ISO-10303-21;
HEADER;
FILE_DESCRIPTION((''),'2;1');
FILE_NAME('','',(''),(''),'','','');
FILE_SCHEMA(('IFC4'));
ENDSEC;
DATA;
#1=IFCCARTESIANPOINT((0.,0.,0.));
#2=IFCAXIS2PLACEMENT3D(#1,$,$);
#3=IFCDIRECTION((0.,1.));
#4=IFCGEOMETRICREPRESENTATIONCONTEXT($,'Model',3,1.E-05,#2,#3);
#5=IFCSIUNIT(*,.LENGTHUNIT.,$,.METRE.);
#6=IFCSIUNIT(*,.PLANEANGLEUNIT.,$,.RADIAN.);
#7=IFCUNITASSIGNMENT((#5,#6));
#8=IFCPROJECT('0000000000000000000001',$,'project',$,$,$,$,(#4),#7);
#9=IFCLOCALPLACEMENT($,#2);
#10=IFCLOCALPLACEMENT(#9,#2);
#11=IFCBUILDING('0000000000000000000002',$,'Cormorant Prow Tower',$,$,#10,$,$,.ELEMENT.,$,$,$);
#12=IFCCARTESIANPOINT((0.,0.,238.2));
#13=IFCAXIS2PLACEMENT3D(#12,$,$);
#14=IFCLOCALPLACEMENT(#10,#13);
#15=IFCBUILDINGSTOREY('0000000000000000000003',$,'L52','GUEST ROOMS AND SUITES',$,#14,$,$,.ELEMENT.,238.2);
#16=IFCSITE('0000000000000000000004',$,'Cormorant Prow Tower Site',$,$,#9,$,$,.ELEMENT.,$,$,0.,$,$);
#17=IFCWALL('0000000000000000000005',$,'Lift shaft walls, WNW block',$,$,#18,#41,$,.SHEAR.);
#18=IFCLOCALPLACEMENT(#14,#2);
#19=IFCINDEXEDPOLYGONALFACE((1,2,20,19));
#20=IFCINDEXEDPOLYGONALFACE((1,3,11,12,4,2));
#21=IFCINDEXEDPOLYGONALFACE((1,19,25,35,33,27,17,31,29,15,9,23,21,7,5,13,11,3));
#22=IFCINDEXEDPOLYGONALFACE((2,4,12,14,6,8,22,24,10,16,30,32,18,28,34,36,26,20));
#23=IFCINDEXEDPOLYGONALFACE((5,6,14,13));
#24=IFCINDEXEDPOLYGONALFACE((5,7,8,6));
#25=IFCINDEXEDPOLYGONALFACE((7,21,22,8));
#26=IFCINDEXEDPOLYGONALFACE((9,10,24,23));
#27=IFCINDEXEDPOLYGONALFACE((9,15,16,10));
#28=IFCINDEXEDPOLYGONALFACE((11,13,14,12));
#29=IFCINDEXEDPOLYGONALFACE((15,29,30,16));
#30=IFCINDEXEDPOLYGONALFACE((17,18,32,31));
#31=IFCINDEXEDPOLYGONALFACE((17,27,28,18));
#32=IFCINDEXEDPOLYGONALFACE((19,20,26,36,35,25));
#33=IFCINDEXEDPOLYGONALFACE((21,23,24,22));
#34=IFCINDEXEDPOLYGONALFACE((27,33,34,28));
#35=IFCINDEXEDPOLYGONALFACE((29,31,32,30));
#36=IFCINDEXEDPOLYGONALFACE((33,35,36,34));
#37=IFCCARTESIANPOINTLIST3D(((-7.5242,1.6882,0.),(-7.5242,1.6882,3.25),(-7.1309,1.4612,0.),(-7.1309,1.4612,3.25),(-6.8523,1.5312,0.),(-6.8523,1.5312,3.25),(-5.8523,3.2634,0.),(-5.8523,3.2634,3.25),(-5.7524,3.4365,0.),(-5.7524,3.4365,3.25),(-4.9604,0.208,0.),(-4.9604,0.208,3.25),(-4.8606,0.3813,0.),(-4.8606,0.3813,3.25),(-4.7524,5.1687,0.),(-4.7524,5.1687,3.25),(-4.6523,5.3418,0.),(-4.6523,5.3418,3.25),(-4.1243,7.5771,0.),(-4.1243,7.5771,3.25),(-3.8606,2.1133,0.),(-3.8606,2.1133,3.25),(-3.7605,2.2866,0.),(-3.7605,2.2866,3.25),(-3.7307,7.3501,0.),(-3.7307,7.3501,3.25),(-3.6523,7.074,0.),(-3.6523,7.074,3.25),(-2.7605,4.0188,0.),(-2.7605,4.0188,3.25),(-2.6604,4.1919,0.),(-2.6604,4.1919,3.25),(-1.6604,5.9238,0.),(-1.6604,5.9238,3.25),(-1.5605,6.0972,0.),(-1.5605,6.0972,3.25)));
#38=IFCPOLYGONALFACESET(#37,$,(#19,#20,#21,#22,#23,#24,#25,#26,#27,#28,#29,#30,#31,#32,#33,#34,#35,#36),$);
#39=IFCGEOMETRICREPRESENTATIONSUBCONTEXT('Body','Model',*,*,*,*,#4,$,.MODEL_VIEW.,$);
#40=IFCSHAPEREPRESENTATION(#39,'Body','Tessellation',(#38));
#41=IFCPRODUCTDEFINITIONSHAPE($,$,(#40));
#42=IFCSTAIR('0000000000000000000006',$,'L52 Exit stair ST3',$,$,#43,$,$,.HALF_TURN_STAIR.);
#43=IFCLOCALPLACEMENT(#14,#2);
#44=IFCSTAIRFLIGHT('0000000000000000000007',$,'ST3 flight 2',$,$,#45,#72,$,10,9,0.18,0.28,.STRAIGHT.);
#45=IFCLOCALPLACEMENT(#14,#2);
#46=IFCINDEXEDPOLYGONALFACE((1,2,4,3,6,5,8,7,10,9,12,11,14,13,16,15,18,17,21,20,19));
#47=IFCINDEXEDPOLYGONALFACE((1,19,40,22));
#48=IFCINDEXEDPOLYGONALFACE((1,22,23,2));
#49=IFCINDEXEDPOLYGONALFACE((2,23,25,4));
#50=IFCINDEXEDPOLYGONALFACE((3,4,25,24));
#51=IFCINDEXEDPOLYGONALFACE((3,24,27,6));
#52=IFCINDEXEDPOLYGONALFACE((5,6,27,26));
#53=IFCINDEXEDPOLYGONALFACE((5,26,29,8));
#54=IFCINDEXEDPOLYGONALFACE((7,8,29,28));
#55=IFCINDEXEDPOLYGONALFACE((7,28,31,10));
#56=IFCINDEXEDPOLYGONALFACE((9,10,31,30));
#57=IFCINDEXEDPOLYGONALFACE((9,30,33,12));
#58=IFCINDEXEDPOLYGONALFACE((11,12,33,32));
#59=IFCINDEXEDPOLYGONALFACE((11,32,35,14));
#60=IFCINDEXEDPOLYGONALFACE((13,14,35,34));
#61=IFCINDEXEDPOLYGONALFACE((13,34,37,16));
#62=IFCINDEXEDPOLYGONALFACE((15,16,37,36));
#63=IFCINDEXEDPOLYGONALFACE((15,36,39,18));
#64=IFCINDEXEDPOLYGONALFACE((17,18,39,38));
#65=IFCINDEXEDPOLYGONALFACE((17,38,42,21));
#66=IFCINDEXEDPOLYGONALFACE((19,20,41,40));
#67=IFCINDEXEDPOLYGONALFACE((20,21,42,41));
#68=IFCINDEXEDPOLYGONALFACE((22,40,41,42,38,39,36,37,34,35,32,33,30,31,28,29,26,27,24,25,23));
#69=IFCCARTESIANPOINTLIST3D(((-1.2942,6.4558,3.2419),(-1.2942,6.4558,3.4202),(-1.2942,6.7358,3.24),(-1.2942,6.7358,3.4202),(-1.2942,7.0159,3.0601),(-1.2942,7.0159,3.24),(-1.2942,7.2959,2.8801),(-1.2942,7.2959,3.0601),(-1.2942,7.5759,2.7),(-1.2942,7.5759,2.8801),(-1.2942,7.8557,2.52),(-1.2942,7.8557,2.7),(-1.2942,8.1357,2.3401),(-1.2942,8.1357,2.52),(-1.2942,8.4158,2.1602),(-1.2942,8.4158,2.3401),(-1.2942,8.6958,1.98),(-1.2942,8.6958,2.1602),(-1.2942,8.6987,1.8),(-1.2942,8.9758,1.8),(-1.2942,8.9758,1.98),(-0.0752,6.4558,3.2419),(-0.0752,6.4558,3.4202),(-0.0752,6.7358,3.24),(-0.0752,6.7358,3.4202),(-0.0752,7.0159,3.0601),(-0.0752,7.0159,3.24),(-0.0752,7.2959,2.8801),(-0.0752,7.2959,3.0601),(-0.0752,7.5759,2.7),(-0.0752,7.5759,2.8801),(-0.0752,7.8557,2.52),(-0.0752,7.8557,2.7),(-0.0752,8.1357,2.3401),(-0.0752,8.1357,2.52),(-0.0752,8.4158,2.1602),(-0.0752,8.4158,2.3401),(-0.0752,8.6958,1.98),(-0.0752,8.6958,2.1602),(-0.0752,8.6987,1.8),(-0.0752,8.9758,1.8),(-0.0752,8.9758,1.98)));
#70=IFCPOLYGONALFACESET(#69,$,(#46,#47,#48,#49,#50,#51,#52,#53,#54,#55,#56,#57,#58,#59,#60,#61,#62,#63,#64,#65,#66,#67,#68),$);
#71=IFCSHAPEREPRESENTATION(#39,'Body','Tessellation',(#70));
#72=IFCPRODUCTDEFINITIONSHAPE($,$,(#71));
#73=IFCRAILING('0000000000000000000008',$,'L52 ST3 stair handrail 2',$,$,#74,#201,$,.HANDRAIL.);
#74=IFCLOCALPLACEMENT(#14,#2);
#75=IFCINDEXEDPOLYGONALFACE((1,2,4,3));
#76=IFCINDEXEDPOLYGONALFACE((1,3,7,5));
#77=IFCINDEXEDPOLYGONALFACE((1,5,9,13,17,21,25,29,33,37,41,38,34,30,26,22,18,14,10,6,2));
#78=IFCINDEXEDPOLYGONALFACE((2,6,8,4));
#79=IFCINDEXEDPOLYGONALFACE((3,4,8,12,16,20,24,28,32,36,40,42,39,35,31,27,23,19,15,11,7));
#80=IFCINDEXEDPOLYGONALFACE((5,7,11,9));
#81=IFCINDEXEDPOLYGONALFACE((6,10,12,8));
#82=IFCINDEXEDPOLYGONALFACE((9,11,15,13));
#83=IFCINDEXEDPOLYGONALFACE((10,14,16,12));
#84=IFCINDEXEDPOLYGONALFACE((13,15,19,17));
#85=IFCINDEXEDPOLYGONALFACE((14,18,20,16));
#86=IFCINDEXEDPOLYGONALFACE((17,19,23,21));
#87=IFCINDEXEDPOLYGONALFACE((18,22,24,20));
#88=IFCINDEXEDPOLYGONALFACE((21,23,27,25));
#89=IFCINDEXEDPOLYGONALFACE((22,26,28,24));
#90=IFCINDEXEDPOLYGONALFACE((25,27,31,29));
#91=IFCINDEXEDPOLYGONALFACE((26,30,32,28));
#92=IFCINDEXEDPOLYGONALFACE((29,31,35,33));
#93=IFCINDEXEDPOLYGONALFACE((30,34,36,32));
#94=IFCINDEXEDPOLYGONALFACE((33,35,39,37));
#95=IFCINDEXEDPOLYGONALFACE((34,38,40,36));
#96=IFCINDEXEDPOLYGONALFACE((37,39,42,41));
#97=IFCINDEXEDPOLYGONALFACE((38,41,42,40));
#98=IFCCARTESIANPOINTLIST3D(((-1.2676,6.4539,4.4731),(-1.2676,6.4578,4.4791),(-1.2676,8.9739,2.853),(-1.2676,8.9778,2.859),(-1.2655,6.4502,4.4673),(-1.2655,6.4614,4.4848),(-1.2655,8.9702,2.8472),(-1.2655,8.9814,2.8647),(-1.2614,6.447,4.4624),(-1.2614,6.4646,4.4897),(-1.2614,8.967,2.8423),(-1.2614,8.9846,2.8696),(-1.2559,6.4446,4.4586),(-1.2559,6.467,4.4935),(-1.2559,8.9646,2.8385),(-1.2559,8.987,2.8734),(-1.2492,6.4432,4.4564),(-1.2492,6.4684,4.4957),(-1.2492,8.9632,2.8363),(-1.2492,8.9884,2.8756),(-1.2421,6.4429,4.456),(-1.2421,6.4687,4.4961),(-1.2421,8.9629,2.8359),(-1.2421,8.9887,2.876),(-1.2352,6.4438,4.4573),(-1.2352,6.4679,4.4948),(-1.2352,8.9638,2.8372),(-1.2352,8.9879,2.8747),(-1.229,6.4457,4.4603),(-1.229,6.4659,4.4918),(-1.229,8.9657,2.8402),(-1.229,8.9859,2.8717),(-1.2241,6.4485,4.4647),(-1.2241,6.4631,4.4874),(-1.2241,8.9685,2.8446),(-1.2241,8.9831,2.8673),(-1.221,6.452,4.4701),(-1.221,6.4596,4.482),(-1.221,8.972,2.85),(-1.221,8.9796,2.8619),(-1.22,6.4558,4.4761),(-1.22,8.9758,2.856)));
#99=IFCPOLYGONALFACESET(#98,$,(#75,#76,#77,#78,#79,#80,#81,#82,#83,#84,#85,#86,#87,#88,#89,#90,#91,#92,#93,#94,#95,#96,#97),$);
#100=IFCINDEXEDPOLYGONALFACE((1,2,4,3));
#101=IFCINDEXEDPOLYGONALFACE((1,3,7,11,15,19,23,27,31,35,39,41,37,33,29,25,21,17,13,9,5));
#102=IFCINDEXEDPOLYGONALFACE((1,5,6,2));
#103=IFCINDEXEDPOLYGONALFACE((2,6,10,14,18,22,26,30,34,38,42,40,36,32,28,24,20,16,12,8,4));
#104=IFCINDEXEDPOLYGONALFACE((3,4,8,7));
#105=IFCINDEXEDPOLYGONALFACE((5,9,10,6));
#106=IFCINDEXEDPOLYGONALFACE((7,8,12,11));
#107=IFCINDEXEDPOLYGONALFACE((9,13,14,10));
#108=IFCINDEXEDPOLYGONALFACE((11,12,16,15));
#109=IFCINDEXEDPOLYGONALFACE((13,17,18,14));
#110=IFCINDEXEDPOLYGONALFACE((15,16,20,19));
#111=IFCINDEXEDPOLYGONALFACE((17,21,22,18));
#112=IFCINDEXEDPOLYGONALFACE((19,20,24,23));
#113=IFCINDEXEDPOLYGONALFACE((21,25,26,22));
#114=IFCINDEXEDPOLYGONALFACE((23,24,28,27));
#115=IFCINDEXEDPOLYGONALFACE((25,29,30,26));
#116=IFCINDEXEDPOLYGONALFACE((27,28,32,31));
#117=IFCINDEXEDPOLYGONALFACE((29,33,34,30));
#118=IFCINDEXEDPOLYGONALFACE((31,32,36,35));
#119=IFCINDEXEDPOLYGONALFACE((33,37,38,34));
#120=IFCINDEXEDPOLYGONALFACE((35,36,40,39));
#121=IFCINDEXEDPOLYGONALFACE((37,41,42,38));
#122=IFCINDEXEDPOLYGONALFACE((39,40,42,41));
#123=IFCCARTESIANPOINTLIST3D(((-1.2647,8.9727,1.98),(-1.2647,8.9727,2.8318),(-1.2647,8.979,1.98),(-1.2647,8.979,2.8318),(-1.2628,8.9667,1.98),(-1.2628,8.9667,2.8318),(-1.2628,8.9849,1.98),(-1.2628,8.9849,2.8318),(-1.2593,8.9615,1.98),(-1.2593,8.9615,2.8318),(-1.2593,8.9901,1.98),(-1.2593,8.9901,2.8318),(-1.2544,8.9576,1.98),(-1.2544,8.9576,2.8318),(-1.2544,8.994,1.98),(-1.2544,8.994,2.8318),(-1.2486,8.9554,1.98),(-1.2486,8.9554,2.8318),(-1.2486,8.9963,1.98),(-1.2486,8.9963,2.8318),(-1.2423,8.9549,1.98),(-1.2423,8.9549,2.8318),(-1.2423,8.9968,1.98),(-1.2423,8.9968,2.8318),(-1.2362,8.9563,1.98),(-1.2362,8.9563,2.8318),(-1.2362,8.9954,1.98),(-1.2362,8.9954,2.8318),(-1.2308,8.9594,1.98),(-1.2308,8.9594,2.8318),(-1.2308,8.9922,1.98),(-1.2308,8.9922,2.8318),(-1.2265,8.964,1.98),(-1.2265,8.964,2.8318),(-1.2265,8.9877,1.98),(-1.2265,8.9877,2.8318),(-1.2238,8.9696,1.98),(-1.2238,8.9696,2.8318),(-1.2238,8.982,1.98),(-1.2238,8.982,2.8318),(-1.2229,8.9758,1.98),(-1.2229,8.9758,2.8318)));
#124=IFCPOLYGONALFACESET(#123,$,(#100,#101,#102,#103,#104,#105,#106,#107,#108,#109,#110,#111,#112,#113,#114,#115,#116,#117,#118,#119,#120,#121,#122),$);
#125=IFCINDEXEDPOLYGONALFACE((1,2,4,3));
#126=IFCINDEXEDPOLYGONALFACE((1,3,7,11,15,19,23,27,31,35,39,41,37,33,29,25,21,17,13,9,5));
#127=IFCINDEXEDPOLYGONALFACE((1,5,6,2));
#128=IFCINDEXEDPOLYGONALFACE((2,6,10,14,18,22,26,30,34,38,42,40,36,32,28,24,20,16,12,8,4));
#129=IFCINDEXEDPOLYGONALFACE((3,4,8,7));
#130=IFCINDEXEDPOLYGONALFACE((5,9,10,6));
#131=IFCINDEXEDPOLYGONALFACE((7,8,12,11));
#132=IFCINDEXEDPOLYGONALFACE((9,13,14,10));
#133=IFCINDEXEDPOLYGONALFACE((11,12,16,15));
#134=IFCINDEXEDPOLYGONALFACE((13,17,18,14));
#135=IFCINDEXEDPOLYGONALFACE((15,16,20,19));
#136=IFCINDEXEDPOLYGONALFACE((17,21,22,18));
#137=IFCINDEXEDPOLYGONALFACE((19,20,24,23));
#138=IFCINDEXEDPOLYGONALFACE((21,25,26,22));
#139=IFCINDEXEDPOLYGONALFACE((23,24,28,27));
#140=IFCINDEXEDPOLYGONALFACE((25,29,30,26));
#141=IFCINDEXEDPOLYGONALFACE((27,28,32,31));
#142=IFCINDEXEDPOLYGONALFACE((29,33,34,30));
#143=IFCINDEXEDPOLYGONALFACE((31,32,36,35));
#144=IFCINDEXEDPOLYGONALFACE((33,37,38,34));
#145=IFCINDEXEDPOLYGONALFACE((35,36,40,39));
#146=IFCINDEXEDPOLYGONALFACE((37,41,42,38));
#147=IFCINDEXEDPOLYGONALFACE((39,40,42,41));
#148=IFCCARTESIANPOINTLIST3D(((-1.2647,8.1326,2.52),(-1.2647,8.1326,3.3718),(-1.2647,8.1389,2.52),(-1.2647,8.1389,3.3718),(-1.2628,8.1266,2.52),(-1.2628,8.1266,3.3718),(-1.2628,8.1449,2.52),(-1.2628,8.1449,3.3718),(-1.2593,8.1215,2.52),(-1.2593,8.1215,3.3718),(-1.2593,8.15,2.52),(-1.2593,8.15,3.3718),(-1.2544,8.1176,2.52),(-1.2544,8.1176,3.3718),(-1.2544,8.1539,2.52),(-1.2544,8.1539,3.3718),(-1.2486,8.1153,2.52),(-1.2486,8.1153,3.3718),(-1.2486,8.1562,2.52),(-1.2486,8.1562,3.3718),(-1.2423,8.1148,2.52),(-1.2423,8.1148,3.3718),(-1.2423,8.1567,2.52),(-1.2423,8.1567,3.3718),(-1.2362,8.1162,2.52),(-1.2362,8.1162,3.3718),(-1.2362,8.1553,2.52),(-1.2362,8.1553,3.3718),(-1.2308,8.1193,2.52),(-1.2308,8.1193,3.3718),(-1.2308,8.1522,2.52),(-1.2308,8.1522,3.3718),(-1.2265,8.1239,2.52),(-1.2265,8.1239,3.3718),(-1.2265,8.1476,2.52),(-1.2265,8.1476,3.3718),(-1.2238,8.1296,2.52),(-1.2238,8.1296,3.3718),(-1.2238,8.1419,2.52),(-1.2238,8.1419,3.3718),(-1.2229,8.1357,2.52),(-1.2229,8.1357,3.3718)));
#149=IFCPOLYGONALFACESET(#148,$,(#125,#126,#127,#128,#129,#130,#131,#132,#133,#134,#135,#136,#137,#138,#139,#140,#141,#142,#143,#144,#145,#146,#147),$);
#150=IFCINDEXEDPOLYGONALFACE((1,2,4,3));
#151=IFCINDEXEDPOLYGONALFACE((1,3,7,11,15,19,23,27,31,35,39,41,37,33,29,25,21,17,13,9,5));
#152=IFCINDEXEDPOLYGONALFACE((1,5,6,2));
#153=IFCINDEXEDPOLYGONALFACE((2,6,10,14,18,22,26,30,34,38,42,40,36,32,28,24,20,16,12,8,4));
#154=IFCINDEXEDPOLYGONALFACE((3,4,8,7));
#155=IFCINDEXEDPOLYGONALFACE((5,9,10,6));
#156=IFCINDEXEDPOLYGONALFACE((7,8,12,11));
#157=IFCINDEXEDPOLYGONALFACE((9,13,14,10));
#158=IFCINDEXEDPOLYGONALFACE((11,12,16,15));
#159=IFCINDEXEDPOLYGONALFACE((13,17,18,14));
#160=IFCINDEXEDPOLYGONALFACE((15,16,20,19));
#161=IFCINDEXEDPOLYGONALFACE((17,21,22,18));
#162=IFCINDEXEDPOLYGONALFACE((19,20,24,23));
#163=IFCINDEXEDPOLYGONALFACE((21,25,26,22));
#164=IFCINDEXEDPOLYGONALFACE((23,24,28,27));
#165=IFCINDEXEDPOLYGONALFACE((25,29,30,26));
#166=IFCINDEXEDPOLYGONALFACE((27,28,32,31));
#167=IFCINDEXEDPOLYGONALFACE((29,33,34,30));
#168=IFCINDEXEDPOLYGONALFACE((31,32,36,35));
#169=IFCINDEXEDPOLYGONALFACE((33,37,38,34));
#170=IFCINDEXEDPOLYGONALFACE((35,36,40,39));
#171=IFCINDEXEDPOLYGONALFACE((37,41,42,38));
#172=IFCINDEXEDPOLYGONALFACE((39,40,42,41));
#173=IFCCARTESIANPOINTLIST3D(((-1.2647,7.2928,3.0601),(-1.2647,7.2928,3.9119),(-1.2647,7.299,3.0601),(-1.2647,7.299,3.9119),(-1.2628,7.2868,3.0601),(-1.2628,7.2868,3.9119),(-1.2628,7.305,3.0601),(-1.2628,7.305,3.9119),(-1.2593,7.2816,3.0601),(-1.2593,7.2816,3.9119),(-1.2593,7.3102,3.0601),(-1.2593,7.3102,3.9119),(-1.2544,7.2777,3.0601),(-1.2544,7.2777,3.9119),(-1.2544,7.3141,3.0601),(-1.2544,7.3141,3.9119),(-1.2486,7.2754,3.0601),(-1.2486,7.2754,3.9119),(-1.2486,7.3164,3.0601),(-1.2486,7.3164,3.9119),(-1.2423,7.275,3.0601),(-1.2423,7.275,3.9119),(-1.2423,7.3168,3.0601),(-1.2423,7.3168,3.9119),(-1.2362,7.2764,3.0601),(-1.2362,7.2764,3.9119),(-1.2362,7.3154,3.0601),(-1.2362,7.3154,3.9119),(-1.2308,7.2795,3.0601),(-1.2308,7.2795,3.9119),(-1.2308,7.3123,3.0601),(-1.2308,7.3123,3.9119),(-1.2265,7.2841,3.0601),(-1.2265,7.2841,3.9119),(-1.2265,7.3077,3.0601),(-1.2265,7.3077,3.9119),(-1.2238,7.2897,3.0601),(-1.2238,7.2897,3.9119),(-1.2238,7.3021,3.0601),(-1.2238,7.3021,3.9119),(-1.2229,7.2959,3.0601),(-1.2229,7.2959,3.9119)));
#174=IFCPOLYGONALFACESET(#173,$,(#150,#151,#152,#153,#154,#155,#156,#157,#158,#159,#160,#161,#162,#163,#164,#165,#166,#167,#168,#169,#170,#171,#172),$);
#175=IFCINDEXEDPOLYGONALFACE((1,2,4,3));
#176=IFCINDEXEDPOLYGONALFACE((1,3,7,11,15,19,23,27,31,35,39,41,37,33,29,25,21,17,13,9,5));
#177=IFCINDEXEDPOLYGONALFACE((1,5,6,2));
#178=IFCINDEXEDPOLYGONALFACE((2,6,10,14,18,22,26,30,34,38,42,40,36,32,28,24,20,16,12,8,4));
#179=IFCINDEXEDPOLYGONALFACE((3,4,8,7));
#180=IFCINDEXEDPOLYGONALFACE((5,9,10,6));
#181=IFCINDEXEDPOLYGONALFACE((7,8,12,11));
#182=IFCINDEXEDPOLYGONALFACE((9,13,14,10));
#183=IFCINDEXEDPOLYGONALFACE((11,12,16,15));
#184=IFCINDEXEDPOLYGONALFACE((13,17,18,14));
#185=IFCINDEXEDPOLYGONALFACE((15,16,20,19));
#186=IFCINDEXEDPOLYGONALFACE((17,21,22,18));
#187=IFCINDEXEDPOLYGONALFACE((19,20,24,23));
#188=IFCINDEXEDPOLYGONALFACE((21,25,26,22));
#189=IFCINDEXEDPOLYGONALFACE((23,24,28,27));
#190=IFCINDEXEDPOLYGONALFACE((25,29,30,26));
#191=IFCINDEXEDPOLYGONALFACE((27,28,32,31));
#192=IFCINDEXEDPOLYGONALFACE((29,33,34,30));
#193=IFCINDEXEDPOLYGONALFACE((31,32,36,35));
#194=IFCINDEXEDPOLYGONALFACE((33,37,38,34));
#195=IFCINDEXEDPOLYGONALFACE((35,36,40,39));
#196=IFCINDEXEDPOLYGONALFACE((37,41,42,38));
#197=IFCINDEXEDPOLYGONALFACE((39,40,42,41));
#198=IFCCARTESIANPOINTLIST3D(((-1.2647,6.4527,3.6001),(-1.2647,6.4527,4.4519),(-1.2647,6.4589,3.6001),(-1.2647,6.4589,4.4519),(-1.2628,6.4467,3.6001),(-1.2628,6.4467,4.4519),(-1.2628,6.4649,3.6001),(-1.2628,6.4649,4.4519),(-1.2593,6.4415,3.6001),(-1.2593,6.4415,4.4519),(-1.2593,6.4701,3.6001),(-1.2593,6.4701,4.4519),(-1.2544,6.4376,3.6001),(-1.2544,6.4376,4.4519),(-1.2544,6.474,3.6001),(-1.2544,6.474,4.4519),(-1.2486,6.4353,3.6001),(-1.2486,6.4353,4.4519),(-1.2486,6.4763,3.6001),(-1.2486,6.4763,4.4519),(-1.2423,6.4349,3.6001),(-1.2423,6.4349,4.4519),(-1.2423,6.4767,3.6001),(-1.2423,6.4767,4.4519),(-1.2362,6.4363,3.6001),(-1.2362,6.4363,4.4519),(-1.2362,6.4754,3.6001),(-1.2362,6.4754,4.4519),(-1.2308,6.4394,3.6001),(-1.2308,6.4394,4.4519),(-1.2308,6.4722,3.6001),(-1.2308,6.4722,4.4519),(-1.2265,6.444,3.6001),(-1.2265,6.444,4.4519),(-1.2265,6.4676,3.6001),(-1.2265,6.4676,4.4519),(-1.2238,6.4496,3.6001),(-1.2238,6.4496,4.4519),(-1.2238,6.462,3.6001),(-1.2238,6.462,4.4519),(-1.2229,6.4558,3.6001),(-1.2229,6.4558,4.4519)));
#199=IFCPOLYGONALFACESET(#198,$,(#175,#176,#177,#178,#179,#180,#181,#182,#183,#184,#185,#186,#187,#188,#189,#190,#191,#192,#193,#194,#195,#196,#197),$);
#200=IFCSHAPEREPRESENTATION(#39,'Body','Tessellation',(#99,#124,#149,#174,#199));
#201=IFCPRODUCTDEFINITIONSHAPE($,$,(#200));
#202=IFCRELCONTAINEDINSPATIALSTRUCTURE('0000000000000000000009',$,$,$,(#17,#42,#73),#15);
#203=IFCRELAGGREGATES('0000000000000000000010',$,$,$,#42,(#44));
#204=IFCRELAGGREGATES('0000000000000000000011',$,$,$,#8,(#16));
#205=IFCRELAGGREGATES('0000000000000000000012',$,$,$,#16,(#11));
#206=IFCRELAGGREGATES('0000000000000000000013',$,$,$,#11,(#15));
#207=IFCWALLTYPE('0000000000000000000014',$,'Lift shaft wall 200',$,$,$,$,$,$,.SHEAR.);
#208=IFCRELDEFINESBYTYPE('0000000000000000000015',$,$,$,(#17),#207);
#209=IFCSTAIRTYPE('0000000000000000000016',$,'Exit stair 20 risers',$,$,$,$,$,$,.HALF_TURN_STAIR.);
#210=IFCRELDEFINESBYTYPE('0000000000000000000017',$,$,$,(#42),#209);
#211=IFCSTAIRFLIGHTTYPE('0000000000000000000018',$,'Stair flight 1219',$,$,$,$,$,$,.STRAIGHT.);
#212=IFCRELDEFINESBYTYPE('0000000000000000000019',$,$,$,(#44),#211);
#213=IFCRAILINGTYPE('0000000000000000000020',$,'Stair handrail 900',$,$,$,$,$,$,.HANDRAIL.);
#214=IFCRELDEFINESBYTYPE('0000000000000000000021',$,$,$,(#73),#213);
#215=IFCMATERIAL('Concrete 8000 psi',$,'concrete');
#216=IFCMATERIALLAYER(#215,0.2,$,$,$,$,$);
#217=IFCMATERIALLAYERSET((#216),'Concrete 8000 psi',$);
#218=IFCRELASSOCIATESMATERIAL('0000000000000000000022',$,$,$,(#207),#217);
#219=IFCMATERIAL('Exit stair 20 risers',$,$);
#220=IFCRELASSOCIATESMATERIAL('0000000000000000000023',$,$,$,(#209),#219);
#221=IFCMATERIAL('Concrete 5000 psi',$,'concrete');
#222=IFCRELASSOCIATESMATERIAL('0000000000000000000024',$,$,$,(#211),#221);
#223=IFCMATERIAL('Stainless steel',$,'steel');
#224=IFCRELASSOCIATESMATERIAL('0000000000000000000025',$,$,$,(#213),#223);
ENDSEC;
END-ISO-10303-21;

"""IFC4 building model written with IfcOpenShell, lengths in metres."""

from ifc_helpers import new_model, si_unit, direction, frame, origin, origin_2d, place, context, subcontext, project, spatial, polyline, circle, outline, extrude, material, layer, layer_set, type_object, element, aggregate, save


model = new_model("IFC4")

# Units and contexts
model_context = context("Model", 3, precision=1e-05, world=origin(), true_north=direction((0.0, 1.0)))
body_context = subcontext(model_context, "Body", "Model", "MODEL_VIEW")
ifc_project = project(units=[si_unit("LENGTHUNIT", "METRE"), si_unit("PLANEANGLEUNIT", "RADIAN")], contexts=[model_context])

# Site, building, storey
site_placement = place(None, origin())
site = spatial("IfcSite", under=ifc_project, at=site_placement, Name="Cormorant Prow Tower Site", CompositionType="ELEMENT", RefElevation=0.0)
building_placement = place(site_placement, origin())
building = spatial("IfcBuilding", under=site, at=building_placement, Name="Cormorant Prow Tower", CompositionType="ELEMENT")
storey_placement = place(building_placement, frame((0.0, 0.0, 238.2)))
storey = spatial("IfcBuildingStorey", under=building, at=storey_placement, Name="L52", Description="GUEST ROOMS AND SUITES", CompositionType="ELEMENT", Elevation=238.2)

# Wall
ifc_material_1 = material(Name="Concrete 8000 psi", Category="concrete")
ifc_layer_1 = layer(ifc_material_1, 0.2)
ifc_layer_set_1 = layer_set([ifc_layer_1], Name="Concrete 8000 psi")
wall_type_1 = type_object("IfcWallType", Name="Lift shaft wall 200", PredefinedType="SHEAR", material=ifc_layer_set_1)
wall_1_placement = place(storey_placement, origin())
element("IfcWall", 1, at=wall_1_placement, inside=storey, type_object=wall_type_1, Name="Lift shaft walls, WNW block", PredefinedType="SHEAR", context=body_context, shape_type="SweptSolid", body=[
    extrude(outline(polyline([(-7.5242, 1.6882), (-4.1243, 7.5771), (-3.7307, 7.3501), (-1.5605, 6.0972), (-1.6604, 5.9238), (-3.6523, 7.074), (-4.6523, 5.3418), (-2.6604, 4.1919), (-2.7605, 4.0188), (-4.7524, 5.1687), (-5.7524, 3.4365), (-3.7605, 2.2866), (-3.8606, 2.1133), (-5.8523, 3.2634), (-6.8523, 1.5312), (-4.8606, 0.3813), (-4.9604, 0.208), (-7.1309, 1.4612), (-7.5242, 1.6882)])), origin(), (0.0, 0.0, 1.0), 3.25),
])

# Stair, stair flight
ifc_material_2 = material(Name="Exit stair 20 risers")
stair_type = type_object("IfcStairType", Name="Exit stair 20 risers", PredefinedType="HALF_TURN_STAIR", material=ifc_material_2)
stair_placement = place(storey_placement, origin())
stair = element("IfcStair", 2, at=stair_placement, inside=storey, type_object=stair_type, Name="L52 Exit stair ST3", PredefinedType="HALF_TURN_STAIR")
ifc_material_3 = material(Name="Concrete 5000 psi", Category="concrete")
stair_flight_type = type_object("IfcStairFlightType", Name="Stair flight 1219", PredefinedType="STRAIGHT", material=ifc_material_3)
stair_flight_placement = place(storey_placement, frame((-0.6846, 8.9758, 1.8), z_axis=(0.0, 0.0, 1.0), x_axis=(0.0, -1.0, 0.0)))
stair_flight = element("IfcStairFlight", 3, at=stair_flight_placement, type_object=stair_flight_type, Name="ST3 flight 2", NumberOfRisers=10, NumberOfTreads=9, PredefinedType="STRAIGHT", RiserHeight=0.18, TreadLength=0.28, context=body_context, shape_type="SweptSolid", body=[
    extrude(outline(polyline([(0.0, 0.0), (0.0, 0.1799), (0.28, 0.1799), (0.28, 0.3601), (0.5601, 0.3601), (0.5601, 0.54), (0.8401, 0.54), (0.8401, 0.72), (1.1201, 0.72), (1.1201, 0.8999), (1.3999, 0.8999), (1.3999, 1.0801), (1.6799, 1.0801), (1.6799, 1.26), (1.96, 1.26), (1.96, 1.4399), (2.24, 1.4399), (2.24, 1.6201), (2.52, 1.6201), (2.52, 1.8), (2.52, 1.4419), (0.2771, 0.0), (0.0, 0.0)])), frame((0.0, 0.6094, 0.0), z_axis=(0.0, -1.0, 0.0), x_axis=(1.0, 0.0, 0.0)), (0.0, 0.0, 1.0), 1.219),
])
aggregate(stair, [stair_flight])

# Railing
ifc_material_4 = material(Name="Stainless steel", Category="steel")
railing_type = type_object("IfcRailingType", Name="Stair handrail 900", PredefinedType="HANDRAIL", material=ifc_material_4)
railing_placement = place(storey_placement, frame((-1.2439, 8.9758, 1.98)))
element("IfcRailing", 4, at=railing_placement, inside=storey, type_object=railing_type, Name="L52 ST3 stair handrail 2", PredefinedType="HANDRAIL", context=body_context, shape_type="SweptSolid", body=[
    extrude(circle(Radius=0.0239, at=origin_2d()), frame((0.0, 0.0, 0.876), z_axis=(0.0, -0.841163, 0.540782), x_axis=(1.0, 0.0, 0.0)), (0.0, 0.0, 1.0), 2.9958),
    extrude(circle(Radius=0.021, at=origin_2d()), origin(), (0.0, 0.0, 1.0), 0.8518),
    extrude(circle(Radius=0.021, at=origin_2d()), frame((0.0, -0.8401, 0.54)), (0.0, 0.0, 1.0), 0.8518),
    extrude(circle(Radius=0.021, at=origin_2d()), frame((0.0, -1.6799, 1.0801)), (0.0, 0.0, 1.0), 0.8518),
    extrude(circle(Radius=0.021, at=origin_2d()), frame((0.0, -2.52, 1.6201)), (0.0, 0.0, 1.0), 0.8518),
])

save(model, "model.ifc")
